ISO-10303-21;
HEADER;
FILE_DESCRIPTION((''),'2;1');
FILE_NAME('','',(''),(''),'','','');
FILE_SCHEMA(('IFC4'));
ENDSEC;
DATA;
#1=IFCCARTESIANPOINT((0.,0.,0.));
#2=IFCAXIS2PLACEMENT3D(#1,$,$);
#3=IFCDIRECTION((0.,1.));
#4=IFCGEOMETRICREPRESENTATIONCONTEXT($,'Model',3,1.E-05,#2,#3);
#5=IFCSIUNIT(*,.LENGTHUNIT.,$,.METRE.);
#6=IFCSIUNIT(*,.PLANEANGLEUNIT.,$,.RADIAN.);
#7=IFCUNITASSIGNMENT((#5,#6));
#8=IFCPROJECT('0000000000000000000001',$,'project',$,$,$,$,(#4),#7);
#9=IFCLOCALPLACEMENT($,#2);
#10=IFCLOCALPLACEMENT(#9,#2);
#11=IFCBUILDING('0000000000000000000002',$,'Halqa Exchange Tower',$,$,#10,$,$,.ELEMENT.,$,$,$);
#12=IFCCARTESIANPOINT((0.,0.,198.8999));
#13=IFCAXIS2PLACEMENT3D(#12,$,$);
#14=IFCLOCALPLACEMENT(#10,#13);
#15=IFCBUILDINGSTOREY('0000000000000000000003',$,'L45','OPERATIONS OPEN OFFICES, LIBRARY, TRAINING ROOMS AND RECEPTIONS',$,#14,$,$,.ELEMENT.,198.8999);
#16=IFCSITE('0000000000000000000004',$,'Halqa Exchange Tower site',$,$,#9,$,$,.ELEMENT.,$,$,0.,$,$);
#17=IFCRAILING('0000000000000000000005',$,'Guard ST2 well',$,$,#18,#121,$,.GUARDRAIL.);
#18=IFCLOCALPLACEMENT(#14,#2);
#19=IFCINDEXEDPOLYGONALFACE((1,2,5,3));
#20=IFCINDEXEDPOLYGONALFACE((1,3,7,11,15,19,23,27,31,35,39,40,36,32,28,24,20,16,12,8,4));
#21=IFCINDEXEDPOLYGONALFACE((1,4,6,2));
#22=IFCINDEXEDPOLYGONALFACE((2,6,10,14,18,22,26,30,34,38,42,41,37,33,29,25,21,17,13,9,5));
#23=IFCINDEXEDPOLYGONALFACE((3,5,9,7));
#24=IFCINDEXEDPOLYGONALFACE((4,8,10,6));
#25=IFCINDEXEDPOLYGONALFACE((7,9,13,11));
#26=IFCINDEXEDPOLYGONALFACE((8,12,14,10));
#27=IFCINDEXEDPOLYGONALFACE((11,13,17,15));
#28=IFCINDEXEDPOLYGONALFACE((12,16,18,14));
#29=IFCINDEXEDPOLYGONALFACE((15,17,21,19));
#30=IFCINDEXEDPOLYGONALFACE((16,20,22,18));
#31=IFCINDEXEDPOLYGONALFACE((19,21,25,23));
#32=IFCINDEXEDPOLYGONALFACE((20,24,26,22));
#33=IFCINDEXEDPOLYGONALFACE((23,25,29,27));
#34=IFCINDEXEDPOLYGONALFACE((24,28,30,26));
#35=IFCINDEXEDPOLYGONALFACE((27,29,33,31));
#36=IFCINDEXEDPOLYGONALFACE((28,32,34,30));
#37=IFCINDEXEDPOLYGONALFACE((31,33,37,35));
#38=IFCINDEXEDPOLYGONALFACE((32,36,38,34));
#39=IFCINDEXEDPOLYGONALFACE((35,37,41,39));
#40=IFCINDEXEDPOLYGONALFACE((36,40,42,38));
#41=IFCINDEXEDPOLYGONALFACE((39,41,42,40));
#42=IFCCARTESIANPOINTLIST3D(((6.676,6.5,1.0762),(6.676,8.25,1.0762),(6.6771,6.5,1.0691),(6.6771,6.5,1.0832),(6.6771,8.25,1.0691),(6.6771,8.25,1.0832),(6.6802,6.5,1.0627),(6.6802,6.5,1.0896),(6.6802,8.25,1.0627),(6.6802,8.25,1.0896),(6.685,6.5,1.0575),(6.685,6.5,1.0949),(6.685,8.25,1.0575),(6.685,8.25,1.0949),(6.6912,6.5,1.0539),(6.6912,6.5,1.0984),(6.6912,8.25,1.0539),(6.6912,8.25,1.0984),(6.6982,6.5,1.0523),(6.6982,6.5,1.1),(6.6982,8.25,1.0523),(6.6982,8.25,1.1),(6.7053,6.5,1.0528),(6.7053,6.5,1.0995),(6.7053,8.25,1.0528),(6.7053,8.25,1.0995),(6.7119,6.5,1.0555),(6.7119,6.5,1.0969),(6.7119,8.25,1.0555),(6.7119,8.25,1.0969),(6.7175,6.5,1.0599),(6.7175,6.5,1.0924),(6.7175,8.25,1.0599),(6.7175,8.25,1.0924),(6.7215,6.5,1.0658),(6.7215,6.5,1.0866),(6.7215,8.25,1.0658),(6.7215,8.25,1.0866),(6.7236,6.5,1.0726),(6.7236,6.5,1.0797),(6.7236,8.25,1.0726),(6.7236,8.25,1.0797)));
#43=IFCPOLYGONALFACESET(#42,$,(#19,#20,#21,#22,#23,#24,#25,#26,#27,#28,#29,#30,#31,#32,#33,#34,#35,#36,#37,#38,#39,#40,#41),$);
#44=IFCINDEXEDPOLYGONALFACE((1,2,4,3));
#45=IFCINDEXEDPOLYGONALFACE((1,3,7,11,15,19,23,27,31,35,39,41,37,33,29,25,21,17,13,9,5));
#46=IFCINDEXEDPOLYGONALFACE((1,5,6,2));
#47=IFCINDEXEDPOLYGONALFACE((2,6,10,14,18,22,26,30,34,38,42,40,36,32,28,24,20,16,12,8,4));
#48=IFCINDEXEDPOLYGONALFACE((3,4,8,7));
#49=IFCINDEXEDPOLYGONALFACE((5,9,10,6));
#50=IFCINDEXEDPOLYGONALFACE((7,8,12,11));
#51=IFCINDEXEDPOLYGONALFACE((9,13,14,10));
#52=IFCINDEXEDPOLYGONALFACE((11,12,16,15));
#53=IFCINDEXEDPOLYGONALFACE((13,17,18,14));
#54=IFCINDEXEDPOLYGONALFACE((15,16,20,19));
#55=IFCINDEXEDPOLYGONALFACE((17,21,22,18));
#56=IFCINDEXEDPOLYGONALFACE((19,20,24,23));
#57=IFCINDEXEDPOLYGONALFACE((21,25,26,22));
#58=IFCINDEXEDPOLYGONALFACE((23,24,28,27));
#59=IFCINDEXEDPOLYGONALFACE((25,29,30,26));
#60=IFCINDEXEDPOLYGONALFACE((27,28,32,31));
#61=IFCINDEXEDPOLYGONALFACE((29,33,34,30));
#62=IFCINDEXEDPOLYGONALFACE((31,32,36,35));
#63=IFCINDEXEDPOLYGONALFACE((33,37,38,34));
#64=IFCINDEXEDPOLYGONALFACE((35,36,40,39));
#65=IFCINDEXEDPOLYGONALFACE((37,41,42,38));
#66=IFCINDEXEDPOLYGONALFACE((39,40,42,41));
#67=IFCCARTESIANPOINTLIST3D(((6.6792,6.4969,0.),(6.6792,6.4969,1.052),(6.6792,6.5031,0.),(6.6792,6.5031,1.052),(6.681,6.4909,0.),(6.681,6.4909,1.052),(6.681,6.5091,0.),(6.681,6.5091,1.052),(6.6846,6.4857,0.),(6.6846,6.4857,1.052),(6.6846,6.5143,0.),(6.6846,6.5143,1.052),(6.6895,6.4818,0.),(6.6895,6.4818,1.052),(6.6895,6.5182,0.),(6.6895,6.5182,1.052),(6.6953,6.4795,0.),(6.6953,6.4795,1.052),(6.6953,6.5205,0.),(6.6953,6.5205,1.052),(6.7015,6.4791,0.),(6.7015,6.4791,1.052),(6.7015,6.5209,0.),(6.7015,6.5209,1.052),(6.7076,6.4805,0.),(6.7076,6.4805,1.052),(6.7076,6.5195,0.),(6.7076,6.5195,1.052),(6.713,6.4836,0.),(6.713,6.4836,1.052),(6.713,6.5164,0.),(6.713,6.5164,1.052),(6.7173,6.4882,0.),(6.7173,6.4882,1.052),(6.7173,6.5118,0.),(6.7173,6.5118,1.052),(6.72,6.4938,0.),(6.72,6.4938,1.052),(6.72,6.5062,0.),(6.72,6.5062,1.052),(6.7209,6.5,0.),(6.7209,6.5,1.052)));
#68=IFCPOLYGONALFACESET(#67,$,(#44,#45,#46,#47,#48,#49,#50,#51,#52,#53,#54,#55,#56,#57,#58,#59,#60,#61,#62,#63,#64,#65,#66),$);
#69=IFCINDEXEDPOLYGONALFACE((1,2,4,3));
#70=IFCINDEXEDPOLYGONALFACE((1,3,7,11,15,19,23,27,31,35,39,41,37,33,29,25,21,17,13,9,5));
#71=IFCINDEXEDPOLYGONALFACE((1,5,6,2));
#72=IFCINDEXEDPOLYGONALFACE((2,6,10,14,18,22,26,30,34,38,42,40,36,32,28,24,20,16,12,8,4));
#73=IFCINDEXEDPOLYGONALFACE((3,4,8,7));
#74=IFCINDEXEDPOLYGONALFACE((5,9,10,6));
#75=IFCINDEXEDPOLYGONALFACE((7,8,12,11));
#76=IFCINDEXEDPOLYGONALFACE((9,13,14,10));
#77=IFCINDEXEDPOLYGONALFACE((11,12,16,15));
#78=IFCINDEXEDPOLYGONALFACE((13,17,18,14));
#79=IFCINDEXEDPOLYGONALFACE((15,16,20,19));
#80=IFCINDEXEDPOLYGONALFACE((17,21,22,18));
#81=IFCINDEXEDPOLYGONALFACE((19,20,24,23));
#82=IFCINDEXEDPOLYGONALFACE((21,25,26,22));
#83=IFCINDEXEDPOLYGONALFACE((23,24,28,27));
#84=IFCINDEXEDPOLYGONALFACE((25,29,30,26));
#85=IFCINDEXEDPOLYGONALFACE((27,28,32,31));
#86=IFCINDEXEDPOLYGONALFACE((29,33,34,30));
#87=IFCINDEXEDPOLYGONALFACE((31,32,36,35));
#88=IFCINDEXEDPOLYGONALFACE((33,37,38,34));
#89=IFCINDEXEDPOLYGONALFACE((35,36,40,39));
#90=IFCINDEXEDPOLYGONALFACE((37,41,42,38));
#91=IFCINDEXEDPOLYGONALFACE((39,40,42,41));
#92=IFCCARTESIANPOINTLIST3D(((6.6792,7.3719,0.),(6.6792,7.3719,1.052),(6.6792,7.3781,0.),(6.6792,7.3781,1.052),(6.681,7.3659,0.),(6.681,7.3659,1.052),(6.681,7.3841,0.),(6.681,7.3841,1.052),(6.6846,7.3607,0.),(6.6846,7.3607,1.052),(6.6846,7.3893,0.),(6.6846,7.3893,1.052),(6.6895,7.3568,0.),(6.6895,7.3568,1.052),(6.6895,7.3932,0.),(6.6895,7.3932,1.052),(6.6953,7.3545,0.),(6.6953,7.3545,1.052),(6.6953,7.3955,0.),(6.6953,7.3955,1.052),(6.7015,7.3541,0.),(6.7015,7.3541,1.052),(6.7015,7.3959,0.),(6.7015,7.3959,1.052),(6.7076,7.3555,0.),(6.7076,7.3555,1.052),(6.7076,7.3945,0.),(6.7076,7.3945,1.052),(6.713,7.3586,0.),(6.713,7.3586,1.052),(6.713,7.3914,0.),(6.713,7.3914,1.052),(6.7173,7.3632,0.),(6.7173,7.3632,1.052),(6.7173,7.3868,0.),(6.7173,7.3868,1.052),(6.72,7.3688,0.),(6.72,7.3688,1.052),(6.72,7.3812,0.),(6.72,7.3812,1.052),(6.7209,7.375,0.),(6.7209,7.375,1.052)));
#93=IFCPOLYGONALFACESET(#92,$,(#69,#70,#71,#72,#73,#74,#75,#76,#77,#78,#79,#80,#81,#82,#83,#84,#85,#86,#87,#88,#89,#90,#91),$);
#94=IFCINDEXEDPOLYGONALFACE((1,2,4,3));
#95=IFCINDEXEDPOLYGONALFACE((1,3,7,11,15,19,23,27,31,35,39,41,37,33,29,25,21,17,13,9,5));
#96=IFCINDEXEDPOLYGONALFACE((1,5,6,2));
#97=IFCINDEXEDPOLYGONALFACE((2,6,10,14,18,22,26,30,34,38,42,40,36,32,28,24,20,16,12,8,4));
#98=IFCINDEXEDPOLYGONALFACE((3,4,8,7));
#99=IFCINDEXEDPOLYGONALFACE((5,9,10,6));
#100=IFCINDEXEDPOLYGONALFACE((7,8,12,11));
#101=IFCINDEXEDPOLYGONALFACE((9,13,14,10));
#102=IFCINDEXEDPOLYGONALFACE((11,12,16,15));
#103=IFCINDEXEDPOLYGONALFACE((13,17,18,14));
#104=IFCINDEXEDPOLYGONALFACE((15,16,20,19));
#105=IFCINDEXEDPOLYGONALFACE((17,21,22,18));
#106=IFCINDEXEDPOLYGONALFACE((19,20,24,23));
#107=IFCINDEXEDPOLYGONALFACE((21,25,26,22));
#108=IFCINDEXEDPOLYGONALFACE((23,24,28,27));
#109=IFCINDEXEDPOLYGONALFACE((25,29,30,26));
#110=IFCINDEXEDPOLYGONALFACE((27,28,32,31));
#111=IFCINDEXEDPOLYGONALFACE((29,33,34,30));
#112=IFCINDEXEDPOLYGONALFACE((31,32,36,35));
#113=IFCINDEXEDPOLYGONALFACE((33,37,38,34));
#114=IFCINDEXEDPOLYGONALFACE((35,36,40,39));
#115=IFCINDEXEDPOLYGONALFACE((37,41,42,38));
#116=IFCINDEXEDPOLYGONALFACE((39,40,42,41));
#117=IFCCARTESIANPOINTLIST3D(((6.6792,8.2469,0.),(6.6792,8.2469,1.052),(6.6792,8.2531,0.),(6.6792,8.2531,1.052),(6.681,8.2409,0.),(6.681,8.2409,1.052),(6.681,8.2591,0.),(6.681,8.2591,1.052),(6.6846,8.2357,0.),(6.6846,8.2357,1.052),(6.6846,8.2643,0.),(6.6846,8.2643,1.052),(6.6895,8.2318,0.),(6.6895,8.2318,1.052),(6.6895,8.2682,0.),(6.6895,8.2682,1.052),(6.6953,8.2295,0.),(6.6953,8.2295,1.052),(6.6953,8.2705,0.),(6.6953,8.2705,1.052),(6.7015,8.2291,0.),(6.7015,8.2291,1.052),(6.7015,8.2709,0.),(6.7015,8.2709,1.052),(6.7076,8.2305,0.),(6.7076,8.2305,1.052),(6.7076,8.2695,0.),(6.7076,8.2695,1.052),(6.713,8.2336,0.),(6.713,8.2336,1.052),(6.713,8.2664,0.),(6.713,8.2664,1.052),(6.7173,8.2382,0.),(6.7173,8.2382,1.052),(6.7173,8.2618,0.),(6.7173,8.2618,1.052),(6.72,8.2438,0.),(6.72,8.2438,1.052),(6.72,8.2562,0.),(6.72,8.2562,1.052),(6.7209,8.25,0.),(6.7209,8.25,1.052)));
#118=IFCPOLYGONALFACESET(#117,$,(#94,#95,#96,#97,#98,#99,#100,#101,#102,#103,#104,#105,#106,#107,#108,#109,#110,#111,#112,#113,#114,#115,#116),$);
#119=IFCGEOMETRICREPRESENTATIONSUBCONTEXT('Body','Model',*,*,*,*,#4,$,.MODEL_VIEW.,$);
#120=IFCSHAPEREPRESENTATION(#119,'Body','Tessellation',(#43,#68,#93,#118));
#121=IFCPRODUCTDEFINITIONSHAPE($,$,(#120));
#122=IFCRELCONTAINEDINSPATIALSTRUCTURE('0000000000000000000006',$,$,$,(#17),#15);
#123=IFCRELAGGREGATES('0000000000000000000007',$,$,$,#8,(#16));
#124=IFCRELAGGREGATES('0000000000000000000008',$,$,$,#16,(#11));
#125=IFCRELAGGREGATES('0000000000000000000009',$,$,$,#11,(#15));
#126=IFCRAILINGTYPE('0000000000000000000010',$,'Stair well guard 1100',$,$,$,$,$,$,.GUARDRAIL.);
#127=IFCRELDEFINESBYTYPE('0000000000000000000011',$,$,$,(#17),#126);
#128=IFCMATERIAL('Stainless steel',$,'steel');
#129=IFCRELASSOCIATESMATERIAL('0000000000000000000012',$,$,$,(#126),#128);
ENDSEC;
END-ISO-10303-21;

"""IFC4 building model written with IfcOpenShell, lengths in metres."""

from ifc_helpers import new_model, si_unit, direction, frame, origin, origin_2d, place, context, subcontext, project, spatial, circle, extrude, material, type_object, element, save


model = new_model("IFC4")

# Units and contexts
model_context = context("Model", 3, precision=1e-05, world=origin(), true_north=direction((0.0, 1.0)))
body_context = subcontext(model_context, "Body", "Model", "MODEL_VIEW")
ifc_project = project(units=[si_unit("LENGTHUNIT", "METRE"), si_unit("PLANEANGLEUNIT", "RADIAN")], contexts=[model_context])

# Site, building, storey
site_placement = place(None, origin())
site = spatial("IfcSite", under=ifc_project, at=site_placement, Name="Halqa Exchange Tower site", CompositionType="ELEMENT", RefElevation=0.0)
building_placement = place(site_placement, origin())
building = spatial("IfcBuilding", under=site, at=building_placement, Name="Halqa Exchange Tower", CompositionType="ELEMENT")
storey_placement = place(building_placement, frame((0.0, 0.0, 198.8999)))
storey = spatial("IfcBuildingStorey", under=building, at=storey_placement, Name="L45", Description="OPERATIONS OPEN OFFICES, LIBRARY, TRAINING ROOMS AND RECEPTIONS", CompositionType="ELEMENT", Elevation=198.8999)

# Railing
ifc_material_1 = material(Name="Stainless steel", Category="steel")
railing_type_1 = type_object("IfcRailingType", Name="Stair well guard 1100", PredefinedType="GUARDRAIL", material=ifc_material_1)
railing_1_placement = place(storey_placement, frame((6.7, 6.5, 0.0)))
element("IfcRailing", 1, at=railing_1_placement, inside=storey, type_object=railing_type_1, Name="Guard ST2 well", PredefinedType="GUARDRAIL", context=body_context, shape_type="SweptSolid", body=[
    extrude(circle(Radius=0.0239, at=origin_2d()), frame((0.0, 0.0, 1.0762), z_axis=(0.0, 1.0, 0.0), x_axis=(-1.0, 0.0, 0.0)), (0.0, 0.0, 1.0), 1.75),
    extrude(circle(Radius=0.021, at=origin_2d()), origin(), (0.0, 0.0, 1.0), 1.052),
    extrude(circle(Radius=0.021, at=origin_2d()), frame((0.0, 0.875, 0.0)), (0.0, 0.0, 1.0), 1.052),
    extrude(circle(Radius=0.021, at=origin_2d()), frame((0.0, 1.75, 0.0)), (0.0, 0.0, 1.0), 1.052),
])

save(model, "model.ifc")
